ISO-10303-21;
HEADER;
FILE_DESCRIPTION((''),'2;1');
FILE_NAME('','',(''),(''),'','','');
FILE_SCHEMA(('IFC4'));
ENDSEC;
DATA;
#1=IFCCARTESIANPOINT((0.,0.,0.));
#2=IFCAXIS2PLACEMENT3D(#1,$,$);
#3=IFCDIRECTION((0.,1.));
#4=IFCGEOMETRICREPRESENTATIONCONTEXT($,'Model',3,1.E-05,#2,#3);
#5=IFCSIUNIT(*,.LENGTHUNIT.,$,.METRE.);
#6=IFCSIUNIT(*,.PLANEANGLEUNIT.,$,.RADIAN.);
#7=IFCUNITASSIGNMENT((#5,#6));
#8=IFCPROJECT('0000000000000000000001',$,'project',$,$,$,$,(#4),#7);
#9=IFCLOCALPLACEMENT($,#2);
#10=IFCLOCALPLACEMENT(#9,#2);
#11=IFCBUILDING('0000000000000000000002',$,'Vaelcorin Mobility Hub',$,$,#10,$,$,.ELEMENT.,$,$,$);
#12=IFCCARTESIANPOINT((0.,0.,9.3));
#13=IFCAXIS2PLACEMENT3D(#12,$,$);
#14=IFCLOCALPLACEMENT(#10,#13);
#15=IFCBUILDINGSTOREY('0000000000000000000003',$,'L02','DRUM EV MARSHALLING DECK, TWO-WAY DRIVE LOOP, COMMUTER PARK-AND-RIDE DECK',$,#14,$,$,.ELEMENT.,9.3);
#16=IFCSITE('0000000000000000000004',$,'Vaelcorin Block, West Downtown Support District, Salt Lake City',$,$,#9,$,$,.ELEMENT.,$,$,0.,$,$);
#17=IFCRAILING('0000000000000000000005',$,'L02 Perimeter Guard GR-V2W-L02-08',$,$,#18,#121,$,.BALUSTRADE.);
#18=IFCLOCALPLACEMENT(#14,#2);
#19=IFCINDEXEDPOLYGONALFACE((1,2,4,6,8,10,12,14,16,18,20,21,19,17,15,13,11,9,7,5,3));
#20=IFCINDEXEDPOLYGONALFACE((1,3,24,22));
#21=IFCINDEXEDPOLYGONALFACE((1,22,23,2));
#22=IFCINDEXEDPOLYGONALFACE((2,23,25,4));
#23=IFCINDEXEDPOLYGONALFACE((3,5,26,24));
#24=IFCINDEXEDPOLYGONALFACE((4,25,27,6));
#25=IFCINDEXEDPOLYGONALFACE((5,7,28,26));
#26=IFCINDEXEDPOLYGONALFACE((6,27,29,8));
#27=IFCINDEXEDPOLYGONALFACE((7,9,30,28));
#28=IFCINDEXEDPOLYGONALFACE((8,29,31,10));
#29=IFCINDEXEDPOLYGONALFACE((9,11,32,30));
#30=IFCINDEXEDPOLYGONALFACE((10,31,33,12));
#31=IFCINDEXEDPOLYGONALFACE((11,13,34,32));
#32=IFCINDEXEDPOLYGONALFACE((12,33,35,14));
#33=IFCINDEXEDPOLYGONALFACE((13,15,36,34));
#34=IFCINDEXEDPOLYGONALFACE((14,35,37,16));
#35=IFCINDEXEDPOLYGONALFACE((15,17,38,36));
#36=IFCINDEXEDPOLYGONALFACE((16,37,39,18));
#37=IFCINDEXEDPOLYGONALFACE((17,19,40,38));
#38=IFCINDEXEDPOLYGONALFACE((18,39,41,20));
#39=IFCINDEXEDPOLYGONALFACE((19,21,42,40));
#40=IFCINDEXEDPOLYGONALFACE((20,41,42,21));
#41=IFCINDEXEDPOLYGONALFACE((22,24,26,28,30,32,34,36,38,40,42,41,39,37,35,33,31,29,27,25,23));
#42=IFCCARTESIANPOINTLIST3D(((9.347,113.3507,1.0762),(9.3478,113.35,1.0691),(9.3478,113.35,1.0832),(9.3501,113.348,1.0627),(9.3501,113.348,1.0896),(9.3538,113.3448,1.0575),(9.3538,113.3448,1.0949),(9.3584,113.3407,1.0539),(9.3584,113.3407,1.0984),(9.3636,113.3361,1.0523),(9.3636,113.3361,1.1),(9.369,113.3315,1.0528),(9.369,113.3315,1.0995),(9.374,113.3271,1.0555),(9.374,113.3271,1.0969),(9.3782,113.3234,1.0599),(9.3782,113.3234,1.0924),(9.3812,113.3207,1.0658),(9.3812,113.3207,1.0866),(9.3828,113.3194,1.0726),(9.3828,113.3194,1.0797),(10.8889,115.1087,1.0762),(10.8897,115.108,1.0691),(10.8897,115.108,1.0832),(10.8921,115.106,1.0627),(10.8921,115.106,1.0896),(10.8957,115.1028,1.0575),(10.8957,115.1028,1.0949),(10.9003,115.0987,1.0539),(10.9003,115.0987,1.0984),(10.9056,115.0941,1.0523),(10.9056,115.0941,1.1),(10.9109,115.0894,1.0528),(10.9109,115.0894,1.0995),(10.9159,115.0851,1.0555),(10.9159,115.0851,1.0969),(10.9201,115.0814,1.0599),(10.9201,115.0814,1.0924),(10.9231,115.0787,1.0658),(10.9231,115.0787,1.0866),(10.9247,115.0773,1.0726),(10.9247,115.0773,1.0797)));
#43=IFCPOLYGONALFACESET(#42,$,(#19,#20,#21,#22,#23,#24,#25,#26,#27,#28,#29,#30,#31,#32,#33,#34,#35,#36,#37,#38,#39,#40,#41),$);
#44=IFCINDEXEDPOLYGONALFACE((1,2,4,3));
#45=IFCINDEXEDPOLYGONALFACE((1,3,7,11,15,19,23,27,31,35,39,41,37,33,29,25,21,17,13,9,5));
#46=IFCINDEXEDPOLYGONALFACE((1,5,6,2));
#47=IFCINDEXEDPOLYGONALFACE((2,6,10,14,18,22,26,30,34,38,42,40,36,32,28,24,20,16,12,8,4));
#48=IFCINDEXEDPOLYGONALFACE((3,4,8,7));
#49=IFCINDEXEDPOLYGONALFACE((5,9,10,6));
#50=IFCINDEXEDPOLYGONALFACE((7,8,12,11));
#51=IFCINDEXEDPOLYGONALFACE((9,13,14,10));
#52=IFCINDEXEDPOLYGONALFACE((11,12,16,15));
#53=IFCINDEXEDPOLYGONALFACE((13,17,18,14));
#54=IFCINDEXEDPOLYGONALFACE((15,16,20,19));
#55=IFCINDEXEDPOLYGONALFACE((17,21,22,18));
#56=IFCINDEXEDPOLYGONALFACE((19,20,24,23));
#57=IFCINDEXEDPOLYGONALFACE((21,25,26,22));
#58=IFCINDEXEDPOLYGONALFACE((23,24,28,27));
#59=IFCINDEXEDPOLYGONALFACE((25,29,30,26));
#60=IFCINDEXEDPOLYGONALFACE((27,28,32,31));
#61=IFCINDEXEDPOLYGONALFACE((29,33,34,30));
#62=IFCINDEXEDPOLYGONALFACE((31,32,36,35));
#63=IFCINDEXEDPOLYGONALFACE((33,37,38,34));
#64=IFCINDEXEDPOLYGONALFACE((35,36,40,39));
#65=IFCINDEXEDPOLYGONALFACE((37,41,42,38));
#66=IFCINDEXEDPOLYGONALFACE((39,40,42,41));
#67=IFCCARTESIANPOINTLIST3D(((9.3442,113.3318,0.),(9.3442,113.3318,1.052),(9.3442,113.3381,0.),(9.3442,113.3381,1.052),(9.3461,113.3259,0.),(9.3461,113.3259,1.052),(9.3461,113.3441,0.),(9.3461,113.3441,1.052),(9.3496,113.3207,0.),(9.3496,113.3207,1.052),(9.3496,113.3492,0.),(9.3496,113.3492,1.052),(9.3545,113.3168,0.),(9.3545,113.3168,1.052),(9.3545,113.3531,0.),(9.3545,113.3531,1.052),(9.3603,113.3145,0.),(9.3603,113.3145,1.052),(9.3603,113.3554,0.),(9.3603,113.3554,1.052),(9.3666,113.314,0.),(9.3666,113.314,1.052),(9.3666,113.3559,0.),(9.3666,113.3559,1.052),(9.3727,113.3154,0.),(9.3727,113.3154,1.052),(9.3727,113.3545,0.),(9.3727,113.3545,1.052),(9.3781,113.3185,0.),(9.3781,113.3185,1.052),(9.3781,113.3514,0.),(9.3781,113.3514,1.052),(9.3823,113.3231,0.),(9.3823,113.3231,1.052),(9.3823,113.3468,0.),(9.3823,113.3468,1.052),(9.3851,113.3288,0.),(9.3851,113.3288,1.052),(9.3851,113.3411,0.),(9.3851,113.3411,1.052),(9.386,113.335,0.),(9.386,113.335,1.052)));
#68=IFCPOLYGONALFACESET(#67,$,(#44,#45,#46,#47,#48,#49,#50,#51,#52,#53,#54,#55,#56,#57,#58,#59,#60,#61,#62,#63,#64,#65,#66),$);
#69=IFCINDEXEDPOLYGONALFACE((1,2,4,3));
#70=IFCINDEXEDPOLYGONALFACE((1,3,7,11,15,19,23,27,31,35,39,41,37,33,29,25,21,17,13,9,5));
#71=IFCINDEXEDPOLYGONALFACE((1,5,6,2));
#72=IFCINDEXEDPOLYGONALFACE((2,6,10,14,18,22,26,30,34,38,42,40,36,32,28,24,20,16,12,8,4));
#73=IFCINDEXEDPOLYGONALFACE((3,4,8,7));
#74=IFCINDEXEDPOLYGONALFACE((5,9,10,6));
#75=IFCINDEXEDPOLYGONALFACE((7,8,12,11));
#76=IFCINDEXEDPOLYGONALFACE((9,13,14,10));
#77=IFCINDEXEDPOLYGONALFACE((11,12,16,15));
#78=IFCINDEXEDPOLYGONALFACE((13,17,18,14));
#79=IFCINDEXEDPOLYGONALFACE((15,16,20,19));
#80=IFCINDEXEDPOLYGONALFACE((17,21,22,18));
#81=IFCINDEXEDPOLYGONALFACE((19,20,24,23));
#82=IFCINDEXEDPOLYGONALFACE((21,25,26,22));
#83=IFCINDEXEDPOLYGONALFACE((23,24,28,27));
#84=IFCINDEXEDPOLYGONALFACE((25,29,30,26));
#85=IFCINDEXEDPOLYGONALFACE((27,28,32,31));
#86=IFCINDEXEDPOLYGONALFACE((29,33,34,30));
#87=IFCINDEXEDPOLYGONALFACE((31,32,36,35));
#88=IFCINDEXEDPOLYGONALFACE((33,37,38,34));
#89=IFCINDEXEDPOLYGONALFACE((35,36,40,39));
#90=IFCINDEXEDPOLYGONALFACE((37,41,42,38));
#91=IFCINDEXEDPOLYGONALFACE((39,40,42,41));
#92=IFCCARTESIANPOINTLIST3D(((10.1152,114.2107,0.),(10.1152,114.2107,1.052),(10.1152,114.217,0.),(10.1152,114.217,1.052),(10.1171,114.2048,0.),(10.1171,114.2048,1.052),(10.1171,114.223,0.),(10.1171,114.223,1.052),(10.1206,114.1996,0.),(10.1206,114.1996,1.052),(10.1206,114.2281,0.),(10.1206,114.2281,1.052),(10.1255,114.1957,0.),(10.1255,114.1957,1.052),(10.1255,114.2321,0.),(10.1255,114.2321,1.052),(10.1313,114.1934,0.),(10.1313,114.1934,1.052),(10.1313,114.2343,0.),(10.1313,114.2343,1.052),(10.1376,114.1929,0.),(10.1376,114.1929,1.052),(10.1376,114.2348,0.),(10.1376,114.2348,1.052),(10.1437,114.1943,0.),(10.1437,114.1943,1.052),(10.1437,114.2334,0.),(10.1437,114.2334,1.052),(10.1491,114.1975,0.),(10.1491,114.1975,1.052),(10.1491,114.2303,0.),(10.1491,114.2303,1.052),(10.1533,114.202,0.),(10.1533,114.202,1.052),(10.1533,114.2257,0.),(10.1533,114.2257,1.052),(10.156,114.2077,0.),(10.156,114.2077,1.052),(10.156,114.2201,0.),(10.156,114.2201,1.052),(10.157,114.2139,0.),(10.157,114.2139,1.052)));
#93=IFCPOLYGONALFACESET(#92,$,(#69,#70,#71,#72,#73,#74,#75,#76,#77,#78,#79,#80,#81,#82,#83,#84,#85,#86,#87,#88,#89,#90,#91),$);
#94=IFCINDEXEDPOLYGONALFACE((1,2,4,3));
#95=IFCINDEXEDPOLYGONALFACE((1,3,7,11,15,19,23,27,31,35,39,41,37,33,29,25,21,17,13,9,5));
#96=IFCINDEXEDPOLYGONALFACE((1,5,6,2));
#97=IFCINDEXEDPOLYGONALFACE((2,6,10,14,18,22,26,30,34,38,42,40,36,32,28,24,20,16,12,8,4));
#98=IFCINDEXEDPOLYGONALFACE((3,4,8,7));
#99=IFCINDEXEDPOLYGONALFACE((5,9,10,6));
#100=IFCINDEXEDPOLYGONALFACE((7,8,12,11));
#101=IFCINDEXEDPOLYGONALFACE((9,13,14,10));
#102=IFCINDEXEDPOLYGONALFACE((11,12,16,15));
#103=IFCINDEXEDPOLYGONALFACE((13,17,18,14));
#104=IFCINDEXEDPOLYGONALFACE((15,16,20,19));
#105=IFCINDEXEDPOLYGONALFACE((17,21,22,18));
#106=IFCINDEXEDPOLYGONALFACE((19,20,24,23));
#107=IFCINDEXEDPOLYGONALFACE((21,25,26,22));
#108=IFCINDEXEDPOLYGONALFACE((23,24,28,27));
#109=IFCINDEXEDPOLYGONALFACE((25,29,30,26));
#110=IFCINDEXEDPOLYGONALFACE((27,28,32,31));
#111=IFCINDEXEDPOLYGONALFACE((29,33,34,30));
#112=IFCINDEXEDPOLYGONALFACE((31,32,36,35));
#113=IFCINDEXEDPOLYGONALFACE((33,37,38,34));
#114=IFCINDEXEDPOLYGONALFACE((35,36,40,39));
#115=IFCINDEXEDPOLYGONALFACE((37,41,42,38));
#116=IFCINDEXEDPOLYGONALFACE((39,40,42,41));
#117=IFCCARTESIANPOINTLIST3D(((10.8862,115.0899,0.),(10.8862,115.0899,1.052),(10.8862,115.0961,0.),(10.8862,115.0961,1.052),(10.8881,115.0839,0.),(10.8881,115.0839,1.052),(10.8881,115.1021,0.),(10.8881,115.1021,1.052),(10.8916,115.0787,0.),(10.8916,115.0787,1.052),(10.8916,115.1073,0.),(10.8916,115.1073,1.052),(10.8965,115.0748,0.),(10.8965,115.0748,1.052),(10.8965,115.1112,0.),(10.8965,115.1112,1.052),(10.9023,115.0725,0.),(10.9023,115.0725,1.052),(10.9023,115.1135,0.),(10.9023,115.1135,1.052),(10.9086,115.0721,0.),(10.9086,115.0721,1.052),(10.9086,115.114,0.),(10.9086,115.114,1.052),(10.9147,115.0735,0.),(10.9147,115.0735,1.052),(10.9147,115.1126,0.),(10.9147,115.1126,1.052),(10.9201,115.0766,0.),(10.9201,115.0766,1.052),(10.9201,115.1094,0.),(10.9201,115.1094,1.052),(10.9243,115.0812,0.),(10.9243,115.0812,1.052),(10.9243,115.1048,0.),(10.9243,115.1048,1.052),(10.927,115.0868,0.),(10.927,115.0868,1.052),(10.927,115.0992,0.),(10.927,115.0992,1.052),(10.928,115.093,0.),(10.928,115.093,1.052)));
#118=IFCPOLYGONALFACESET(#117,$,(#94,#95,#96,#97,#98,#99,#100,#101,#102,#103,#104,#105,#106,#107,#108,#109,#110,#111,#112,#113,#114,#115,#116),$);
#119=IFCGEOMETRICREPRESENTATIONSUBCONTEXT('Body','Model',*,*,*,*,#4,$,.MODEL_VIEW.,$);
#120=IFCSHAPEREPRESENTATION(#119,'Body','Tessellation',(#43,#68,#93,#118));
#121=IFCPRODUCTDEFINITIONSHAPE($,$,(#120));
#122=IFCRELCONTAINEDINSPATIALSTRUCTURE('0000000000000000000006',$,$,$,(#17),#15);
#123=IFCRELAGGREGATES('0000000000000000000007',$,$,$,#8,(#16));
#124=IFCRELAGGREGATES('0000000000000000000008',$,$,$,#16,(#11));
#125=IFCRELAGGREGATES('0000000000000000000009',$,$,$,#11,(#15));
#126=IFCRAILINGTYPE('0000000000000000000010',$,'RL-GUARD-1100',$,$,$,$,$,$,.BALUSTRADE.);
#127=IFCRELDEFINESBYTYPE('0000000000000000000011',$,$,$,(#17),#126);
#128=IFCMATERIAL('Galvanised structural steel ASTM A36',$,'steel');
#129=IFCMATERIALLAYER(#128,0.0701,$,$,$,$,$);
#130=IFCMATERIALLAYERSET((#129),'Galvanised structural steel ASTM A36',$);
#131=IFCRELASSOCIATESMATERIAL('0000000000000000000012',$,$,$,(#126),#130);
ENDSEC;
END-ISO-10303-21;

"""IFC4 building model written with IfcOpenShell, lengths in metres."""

from ifc_helpers import new_model, si_unit, direction, frame, origin, origin_2d, place, context, subcontext, project, spatial, circle, extrude, material, layer, layer_set, type_object, element, save


model = new_model("IFC4")

# Units and contexts
model_context = context("Model", 3, precision=1e-05, world=origin(), true_north=direction((0.0, 1.0)))
body_context = subcontext(model_context, "Body", "Model", "MODEL_VIEW")
ifc_project = project(units=[si_unit("LENGTHUNIT", "METRE"), si_unit("PLANEANGLEUNIT", "RADIAN")], contexts=[model_context])

# Site, building, storey
site_placement = place(None, origin())
site = spatial("IfcSite", under=ifc_project, at=site_placement, Name="Vaelcorin Block, West Downtown Support District, Salt Lake City", CompositionType="ELEMENT", RefElevation=0.0)
building_placement = place(site_placement, origin())
building = spatial("IfcBuilding", under=site, at=building_placement, Name="Vaelcorin Mobility Hub", CompositionType="ELEMENT")
storey_placement = place(building_placement, frame((0.0, 0.0, 9.3)))
storey = spatial("IfcBuildingStorey", under=building, at=storey_placement, Name="L02", Description="DRUM EV MARSHALLING DECK, TWO-WAY DRIVE LOOP, COMMUTER PARK-AND-RIDE DECK", CompositionType="ELEMENT", Elevation=9.3)

# Railing
ifc_material_1 = material(Name="Galvanised structural steel ASTM A36", Category="steel")
ifc_layer_1 = layer(ifc_material_1, 0.0701)
ifc_layer_set_1 = layer_set([ifc_layer_1], Name="Galvanised structural steel ASTM A36")
railing_type = type_object("IfcRailingType", Name="RL-GUARD-1100", PredefinedType="BALUSTRADE", material=ifc_layer_set_1)
railing_1_placement = place(storey_placement, frame((9.365, 113.335, 0.0)))
element("IfcRailing", 1, at=railing_1_placement, inside=storey, type_object=railing_type, Name="L02 Perimeter Guard GR-V2W-L02-08", PredefinedType="BALUSTRADE", context=body_context, shape_type="SweptSolid", body=[
    extrude(circle(Radius=0.0239, at=origin_2d()), frame((0.0, 0.0, 1.0762), z_axis=(0.659398, 0.751794, 0.0), x_axis=(-0.751794, 0.659398, 0.0)), (0.0, 0.0, 1.0), 2.3384),
    extrude(circle(Radius=0.021, at=origin_2d()), origin(), (0.0, 0.0, 1.0), 1.052),
    extrude(circle(Radius=0.021, at=origin_2d()), frame((0.771, 0.8789, 0.0)), (0.0, 0.0, 1.0), 1.052),
    extrude(circle(Radius=0.021, at=origin_2d()), frame((1.542, 1.7581, 0.0)), (0.0, 0.0, 1.0), 1.052),
])

save(model, "model.ifc")
